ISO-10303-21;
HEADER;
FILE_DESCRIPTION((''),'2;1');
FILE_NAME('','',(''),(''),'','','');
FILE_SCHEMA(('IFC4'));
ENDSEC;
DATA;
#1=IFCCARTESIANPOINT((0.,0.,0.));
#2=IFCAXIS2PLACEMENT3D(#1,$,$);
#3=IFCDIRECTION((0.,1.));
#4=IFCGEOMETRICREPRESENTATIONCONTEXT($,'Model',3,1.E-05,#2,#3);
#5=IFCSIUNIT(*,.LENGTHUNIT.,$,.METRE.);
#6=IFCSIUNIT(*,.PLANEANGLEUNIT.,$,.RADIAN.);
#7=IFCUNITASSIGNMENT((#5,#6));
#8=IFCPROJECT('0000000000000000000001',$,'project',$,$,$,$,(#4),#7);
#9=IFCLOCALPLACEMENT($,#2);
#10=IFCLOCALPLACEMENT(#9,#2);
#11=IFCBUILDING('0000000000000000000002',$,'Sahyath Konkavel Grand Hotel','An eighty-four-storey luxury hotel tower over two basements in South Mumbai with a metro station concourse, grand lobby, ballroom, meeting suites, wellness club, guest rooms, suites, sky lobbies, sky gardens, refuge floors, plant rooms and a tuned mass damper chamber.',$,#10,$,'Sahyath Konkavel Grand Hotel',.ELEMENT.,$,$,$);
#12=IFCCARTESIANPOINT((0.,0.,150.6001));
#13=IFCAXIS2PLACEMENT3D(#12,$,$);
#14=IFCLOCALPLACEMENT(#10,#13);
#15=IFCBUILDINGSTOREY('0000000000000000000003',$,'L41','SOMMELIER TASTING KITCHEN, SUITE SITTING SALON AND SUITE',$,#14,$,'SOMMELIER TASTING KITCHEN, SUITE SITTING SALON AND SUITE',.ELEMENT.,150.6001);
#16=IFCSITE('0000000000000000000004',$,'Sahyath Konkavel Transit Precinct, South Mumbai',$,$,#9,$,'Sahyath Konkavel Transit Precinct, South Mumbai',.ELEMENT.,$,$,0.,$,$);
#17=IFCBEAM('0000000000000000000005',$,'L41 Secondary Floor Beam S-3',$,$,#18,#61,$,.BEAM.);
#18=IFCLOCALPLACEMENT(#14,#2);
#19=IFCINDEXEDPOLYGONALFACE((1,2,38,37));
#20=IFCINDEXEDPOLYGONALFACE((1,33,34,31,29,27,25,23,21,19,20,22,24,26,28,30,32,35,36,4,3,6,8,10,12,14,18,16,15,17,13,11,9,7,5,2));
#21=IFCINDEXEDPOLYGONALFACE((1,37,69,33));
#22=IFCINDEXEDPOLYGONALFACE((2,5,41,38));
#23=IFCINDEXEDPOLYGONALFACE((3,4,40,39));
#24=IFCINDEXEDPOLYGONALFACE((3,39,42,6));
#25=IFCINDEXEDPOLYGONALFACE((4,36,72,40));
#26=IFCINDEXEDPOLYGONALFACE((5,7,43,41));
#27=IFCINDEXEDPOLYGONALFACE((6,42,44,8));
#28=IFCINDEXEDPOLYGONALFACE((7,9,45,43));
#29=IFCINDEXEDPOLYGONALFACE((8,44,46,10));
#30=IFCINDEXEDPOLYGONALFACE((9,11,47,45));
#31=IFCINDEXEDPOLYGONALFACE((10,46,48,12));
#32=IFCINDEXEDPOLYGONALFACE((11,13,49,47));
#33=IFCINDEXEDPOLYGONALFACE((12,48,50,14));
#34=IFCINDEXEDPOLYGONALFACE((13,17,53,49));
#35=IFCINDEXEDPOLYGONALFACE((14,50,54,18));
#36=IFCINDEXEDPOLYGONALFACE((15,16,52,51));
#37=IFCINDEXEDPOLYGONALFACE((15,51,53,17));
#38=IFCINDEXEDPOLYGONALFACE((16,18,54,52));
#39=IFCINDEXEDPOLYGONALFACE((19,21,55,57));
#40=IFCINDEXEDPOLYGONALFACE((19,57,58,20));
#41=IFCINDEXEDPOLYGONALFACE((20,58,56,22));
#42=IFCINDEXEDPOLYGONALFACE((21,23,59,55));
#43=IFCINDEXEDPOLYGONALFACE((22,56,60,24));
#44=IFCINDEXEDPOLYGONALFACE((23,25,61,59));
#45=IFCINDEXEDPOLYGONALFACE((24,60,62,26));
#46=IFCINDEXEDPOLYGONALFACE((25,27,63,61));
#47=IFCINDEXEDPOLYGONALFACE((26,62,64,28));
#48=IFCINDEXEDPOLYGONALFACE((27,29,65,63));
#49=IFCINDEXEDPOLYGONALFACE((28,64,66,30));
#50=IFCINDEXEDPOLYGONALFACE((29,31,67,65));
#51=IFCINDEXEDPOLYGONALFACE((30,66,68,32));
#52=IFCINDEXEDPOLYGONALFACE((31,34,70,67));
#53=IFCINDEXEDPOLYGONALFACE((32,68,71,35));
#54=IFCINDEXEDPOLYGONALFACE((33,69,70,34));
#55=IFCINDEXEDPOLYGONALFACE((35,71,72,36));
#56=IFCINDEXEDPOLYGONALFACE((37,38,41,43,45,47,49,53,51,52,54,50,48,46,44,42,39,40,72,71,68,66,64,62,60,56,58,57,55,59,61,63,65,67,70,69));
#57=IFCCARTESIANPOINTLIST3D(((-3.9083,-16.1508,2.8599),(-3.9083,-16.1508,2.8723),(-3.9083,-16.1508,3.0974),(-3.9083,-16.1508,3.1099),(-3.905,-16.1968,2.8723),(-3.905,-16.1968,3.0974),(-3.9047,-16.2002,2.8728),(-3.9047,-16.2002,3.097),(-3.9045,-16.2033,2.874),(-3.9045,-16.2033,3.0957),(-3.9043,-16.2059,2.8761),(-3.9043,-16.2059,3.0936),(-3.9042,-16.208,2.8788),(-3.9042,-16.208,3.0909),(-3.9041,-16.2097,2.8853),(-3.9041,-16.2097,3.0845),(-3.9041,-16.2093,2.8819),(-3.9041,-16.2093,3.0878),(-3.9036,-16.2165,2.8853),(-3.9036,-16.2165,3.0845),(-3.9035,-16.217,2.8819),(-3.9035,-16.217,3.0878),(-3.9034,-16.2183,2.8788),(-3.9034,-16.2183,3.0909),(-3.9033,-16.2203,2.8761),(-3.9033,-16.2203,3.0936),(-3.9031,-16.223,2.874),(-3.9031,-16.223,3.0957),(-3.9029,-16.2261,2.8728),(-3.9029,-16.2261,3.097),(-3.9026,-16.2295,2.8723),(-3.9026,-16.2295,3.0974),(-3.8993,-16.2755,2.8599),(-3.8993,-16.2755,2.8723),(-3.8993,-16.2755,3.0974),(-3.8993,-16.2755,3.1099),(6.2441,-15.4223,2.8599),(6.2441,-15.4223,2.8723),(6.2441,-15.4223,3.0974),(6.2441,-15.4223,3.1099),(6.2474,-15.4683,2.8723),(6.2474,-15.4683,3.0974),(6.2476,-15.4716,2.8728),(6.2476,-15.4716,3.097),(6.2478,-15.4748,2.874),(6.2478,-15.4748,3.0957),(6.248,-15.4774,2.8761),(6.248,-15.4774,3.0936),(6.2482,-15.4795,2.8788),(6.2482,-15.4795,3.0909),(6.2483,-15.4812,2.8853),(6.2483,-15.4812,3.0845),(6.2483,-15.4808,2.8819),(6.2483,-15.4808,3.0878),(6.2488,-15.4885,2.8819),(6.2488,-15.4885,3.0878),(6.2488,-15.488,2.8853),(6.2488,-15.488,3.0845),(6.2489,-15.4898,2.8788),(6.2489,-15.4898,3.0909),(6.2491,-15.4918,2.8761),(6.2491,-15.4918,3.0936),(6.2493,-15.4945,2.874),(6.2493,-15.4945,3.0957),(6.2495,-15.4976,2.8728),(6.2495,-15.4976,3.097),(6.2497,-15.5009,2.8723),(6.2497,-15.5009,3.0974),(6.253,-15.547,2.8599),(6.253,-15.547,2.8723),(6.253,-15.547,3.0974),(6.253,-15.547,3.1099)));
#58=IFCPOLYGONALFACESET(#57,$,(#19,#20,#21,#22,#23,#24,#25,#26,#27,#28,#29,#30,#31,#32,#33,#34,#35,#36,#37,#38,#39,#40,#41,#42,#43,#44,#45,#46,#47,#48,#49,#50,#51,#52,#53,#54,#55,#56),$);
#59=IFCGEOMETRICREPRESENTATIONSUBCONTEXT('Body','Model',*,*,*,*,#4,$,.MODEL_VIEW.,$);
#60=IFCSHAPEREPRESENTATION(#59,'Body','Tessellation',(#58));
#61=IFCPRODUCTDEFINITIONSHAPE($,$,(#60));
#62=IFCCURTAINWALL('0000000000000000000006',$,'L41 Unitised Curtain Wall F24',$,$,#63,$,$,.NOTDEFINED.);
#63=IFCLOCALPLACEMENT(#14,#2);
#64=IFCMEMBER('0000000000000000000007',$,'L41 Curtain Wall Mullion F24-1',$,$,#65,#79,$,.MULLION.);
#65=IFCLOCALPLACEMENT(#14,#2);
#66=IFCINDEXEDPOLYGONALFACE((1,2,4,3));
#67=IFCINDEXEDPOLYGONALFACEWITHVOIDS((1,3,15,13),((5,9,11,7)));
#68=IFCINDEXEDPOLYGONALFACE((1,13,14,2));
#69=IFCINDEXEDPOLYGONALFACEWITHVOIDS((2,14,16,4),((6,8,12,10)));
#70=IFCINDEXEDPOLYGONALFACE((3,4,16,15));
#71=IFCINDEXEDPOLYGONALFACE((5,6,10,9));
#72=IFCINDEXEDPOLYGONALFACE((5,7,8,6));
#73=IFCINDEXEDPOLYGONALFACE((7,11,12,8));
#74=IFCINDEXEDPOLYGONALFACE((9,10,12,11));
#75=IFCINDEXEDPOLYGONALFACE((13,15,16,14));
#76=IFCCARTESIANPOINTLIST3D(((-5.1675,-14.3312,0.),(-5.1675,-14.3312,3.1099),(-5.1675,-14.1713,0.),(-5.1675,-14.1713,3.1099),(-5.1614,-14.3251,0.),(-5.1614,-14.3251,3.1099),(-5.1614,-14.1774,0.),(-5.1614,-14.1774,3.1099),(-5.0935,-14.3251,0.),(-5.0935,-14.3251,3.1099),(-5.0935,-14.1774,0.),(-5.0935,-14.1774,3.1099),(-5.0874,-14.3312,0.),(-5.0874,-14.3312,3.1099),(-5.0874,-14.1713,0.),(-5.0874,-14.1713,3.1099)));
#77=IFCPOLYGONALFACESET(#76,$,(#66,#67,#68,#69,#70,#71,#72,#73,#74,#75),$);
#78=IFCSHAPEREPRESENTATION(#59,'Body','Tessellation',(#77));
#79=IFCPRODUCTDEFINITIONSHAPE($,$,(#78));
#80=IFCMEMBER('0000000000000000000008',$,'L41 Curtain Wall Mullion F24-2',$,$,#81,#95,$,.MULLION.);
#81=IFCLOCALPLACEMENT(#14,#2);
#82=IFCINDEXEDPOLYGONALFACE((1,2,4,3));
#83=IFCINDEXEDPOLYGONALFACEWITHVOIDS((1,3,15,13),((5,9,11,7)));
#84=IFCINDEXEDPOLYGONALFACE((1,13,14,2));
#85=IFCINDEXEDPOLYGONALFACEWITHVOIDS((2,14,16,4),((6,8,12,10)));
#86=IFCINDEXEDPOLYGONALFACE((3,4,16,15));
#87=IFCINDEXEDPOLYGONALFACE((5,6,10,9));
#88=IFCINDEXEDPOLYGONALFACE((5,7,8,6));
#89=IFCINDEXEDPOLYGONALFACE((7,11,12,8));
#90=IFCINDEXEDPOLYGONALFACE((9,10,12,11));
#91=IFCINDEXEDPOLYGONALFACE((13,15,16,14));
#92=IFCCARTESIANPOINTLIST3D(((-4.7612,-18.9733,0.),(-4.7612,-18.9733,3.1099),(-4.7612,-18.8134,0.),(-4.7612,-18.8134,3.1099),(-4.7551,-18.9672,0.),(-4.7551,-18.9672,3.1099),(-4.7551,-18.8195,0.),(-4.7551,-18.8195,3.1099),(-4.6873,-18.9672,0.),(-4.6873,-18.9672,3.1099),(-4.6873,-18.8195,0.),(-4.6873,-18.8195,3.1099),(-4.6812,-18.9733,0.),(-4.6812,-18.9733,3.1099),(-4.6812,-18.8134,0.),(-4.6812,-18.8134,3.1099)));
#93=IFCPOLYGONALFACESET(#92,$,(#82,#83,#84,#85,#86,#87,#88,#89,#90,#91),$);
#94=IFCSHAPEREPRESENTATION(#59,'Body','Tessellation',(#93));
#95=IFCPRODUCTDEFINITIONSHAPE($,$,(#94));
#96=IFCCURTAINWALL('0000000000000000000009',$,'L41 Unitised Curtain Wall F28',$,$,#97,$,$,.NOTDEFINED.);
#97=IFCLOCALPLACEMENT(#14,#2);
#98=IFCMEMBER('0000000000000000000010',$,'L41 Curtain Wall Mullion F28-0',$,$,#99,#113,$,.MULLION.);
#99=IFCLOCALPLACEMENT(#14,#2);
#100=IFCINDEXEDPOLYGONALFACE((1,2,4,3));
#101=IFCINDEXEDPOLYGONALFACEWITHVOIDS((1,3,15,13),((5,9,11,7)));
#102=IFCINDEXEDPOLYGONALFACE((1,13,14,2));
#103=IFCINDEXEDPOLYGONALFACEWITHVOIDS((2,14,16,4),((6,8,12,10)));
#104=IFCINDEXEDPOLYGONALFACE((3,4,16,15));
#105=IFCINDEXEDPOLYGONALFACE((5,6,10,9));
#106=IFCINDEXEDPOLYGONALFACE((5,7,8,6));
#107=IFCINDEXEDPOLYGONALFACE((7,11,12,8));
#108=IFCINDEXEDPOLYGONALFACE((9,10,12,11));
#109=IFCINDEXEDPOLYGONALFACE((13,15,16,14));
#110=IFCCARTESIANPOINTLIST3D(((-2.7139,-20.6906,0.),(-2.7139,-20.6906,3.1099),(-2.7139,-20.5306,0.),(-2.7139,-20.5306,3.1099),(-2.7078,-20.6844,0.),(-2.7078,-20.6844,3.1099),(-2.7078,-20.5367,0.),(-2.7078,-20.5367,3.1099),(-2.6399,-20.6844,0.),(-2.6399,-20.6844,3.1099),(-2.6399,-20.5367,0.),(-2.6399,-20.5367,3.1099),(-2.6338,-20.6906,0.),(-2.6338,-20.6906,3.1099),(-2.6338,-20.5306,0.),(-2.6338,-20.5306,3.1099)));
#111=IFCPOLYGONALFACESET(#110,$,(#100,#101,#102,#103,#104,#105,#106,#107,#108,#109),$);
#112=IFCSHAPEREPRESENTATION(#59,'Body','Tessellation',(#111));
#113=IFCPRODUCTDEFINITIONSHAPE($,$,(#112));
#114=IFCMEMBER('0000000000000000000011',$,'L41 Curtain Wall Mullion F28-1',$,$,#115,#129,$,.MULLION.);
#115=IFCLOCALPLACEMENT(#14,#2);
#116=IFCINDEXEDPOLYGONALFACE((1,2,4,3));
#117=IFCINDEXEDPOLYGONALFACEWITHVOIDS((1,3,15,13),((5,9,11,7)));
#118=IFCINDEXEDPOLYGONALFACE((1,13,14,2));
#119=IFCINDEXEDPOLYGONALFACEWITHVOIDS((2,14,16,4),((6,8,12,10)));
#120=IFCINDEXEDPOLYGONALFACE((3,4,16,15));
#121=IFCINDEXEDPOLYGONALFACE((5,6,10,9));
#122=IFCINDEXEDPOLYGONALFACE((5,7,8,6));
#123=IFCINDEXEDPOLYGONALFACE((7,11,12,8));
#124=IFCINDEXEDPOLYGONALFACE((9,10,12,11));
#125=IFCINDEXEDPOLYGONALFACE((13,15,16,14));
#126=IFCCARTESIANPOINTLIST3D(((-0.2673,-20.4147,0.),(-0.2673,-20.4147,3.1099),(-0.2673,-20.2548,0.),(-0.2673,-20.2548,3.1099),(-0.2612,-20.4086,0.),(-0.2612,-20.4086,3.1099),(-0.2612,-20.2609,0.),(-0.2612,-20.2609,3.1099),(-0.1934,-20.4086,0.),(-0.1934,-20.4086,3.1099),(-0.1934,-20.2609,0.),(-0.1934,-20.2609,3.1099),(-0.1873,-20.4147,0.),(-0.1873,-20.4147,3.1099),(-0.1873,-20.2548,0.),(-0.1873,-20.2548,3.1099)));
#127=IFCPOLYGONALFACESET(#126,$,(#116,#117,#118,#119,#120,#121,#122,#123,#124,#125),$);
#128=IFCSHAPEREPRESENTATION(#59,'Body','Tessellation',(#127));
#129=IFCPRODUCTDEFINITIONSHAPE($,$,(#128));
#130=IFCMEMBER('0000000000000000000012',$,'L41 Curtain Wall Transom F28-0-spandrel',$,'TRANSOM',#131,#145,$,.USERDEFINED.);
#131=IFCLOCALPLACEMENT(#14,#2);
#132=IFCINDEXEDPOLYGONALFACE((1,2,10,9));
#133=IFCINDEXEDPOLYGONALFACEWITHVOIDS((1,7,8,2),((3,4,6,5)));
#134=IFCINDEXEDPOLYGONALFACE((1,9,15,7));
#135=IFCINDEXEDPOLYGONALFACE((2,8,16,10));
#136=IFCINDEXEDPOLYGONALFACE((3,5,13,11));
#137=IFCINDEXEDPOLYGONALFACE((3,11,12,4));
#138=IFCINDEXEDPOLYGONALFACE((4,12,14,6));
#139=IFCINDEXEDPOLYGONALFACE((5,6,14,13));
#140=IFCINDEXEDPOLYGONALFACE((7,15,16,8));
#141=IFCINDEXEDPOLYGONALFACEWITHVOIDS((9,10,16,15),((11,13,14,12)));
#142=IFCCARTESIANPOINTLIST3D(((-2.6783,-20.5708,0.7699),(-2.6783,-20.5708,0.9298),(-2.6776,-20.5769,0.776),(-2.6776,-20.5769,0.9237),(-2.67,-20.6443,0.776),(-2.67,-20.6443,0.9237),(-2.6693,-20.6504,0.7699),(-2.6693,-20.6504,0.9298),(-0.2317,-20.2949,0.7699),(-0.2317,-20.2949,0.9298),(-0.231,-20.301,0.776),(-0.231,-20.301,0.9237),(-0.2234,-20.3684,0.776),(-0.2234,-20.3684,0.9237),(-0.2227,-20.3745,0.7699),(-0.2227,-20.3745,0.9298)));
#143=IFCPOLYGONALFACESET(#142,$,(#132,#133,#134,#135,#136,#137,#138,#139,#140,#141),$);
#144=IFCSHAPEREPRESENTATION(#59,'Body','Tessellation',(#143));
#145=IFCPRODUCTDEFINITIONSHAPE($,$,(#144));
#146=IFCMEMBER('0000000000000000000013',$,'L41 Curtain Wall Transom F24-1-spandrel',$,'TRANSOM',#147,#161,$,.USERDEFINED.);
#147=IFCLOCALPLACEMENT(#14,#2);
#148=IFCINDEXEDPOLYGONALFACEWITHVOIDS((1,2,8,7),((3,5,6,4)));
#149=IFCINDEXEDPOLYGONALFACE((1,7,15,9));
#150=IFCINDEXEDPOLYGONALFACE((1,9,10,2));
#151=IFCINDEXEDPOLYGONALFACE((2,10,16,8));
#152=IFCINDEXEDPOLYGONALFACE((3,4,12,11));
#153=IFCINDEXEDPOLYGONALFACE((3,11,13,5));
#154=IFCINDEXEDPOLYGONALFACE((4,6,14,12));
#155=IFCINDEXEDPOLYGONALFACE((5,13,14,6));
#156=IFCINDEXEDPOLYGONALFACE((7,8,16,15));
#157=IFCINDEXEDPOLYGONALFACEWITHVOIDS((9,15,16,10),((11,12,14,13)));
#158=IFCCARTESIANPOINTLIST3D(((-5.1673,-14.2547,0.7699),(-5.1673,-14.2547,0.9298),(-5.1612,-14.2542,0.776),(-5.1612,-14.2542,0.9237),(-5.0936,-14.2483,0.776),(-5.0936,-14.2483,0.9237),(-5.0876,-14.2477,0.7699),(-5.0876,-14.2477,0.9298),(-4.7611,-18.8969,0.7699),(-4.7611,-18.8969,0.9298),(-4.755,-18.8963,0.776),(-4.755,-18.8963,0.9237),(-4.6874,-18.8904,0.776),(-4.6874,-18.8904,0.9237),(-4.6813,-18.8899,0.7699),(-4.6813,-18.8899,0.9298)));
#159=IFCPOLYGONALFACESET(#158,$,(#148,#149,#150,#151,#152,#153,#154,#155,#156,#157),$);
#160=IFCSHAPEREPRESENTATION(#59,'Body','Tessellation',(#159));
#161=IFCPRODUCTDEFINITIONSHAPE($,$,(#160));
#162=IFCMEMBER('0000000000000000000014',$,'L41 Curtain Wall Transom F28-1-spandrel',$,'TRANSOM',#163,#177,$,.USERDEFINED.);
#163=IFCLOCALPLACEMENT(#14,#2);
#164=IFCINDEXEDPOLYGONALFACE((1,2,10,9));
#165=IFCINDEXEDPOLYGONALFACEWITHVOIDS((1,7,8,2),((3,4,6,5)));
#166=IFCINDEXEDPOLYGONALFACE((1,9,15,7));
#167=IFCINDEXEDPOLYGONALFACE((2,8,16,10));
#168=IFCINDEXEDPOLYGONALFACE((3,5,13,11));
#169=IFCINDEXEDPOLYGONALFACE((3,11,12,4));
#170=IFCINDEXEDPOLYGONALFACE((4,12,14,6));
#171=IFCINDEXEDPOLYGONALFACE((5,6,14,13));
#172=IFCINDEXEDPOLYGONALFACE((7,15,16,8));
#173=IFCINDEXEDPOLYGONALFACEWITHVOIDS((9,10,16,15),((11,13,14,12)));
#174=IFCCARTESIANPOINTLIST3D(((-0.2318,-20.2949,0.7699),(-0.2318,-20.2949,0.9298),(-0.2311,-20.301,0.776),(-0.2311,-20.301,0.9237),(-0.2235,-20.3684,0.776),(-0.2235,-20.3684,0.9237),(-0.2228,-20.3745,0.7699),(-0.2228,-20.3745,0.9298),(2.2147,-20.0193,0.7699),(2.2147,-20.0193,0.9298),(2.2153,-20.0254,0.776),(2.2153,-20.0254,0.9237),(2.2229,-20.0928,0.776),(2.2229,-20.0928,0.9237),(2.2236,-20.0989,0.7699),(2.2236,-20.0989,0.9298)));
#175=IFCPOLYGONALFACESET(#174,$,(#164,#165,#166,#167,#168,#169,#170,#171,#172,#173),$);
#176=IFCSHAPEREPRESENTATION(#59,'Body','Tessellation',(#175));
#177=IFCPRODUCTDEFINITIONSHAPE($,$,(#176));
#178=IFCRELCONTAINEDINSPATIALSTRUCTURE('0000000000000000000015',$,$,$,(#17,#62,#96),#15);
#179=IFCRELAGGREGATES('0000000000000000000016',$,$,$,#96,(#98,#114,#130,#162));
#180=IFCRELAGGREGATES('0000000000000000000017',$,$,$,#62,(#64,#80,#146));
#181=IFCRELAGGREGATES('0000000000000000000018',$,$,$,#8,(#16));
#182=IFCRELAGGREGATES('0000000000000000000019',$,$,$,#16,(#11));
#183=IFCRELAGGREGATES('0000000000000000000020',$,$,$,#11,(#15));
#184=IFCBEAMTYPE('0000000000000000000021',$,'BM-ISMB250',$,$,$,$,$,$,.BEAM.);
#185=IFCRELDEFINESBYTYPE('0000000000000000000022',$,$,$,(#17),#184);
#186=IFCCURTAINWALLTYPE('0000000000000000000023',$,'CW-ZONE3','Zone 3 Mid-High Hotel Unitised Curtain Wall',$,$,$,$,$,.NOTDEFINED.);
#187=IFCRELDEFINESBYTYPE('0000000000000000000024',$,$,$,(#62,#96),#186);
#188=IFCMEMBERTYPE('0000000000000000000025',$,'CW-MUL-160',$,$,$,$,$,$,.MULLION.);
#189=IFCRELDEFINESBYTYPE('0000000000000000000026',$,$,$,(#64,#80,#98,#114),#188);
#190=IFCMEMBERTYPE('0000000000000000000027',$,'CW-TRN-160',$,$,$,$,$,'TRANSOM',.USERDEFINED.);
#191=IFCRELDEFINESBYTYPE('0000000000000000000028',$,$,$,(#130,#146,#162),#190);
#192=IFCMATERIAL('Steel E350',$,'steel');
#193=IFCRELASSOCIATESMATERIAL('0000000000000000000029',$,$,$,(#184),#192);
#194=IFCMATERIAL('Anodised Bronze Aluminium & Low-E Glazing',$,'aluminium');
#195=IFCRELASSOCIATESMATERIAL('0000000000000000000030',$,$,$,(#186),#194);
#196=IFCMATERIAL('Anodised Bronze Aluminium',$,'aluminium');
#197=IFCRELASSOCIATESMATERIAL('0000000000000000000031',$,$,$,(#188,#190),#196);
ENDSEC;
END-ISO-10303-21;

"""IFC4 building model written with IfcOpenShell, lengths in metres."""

from ifc_helpers import new_model, si_unit, direction, frame, origin, origin_2d, place, context, subcontext, project, spatial, hollow_rectangle, i_section, extrude, source, transform, mapped, material, material_profile, profile_set, type_object, element, aggregate, save


model = new_model("IFC4")

# Units and contexts
model_context = context("Model", 3, precision=1e-05, world=origin(), true_north=direction((0.0, 1.0)))
body_context = subcontext(model_context, "Body", "Model", "MODEL_VIEW")
ifc_project = project(units=[si_unit("LENGTHUNIT", "METRE"), si_unit("PLANEANGLEUNIT", "RADIAN")], contexts=[model_context])

# Site, building, storey
site_placement = place(None, origin())
site = spatial("IfcSite", under=ifc_project, at=site_placement, Name="Sahyath Konkavel Transit Precinct, South Mumbai", LongName="Sahyath Konkavel Transit Precinct, South Mumbai", CompositionType="ELEMENT", RefElevation=0.0)
building_placement = place(site_placement, origin())
building = spatial("IfcBuilding", under=site, at=building_placement, Name="Sahyath Konkavel Grand Hotel", Description="An eighty-four-storey luxury hotel tower over two basements in South Mumbai with a metro station concourse, grand lobby, ballroom, meeting suites, wellness club, guest rooms, suites, sky lobbies, sky gardens, refuge floors, plant rooms and a tuned mass damper chamber.", LongName="Sahyath Konkavel Grand Hotel", CompositionType="ELEMENT")
storey_placement = place(building_placement, frame((0.0, 0.0, 150.6001)))
storey = spatial("IfcBuildingStorey", under=building, at=storey_placement, Name="L41", Description="SOMMELIER TASTING KITCHEN, SUITE SITTING SALON AND SUITE", LongName="SOMMELIER TASTING KITCHEN, SUITE SITTING SALON AND SUITE", CompositionType="ELEMENT", Elevation=150.6001)

# Beam
ifc_material_1 = material(Name="Steel E350", Category="steel")
ifc_material_profile_1 = material_profile(ifc_material_1, i_section(OverallWidth=0.125, OverallDepth=0.25, WebThickness=0.0068, FlangeThickness=0.0125, FilletRadius=0.0129, at=origin_2d()), Name="ISMB 250")
ifc_profile_set_1 = profile_set([ifc_material_profile_1], Name="Steel E350")
beam_type_1 = type_object("IfcBeamType", Name="BM-ISMB250", PredefinedType="BEAM", material=ifc_profile_set_1)
shared_shape_1 = source(origin(), body_context, "Body", "SweptSolid", [
    extrude(i_section(OverallWidth=0.125, OverallDepth=0.25, WebThickness=0.0068, FlangeThickness=0.0125, FilletRadius=0.0129, at=origin_2d()), origin(), (0.0, 0.0, 1.0), 10.1785),
])
beam_1_placement = place(storey_placement, frame((-3.9038, -16.2131, 2.9849), z_axis=(0.997435, 0.071574, 0.0), x_axis=(-0.071574, 0.997435, 0.0)))
element("IfcBeam", 1, at=beam_1_placement, inside=storey, type_object=beam_type_1, Name="L41 Secondary Floor Beam S-3", PredefinedType="BEAM", context=body_context, shape_type="MappedRepresentation", body=[
    mapped(shared_shape_1, transform((0.0, 0.0, 0.0), scale=1.0)),
])

# Curtain walls, members
ifc_material_2 = material(Name="Anodised Bronze Aluminium & Low-E Glazing", Category="aluminium")
curtain_wall_type = type_object("IfcCurtainWallType", Name="CW-ZONE3", Description="Zone 3 Mid-High Hotel Unitised Curtain Wall", PredefinedType="NOTDEFINED", material=ifc_material_2)
curtain_wall_1_placement = place(storey_placement, origin())
curtain_wall_1 = element("IfcCurtainWall", 2, at=curtain_wall_1_placement, inside=storey, type_object=curtain_wall_type, Name="L41 Unitised Curtain Wall F24", PredefinedType="NOTDEFINED")
ifc_material_3 = material(Name="Anodised Bronze Aluminium", Category="aluminium")
ifc_material_profile_2 = material_profile(ifc_material_3, hollow_rectangle(XDim=0.0801, YDim=0.1599, WallThickness=0.0061, at=origin_2d()), Name="RHS 160x80x6")
ifc_profile_set_2 = profile_set([ifc_material_profile_2], Name="Anodised Bronze Aluminium")
member_type_1 = type_object("IfcMemberType", Name="CW-MUL-160", PredefinedType="MULLION", material=ifc_profile_set_2)
shared_shape_2 = source(origin(), body_context, "Body", "SweptSolid", [
    extrude(hollow_rectangle(XDim=0.0801, YDim=0.1599, WallThickness=0.0061, at=origin_2d()), origin(), (0.0, 0.0, 1.0), 3.1099),
])
member_1_placement = place(storey_placement, frame((-5.1274, -14.2512, 0.0), z_axis=(0.0, 0.0, 1.0), x_axis=(1.0, 0.0, 0.0)))
member_1 = element("IfcMember", 3, at=member_1_placement, type_object=member_type_1, Name="L41 Curtain Wall Mullion F24-1", PredefinedType="MULLION", context=body_context, shape_type="MappedRepresentation", body=[
    mapped(shared_shape_2, transform((0.0, 0.0, 0.0), scale=1.0)),
])
member_2_placement = place(storey_placement, frame((-4.7212, -18.8933, 0.0), z_axis=(0.0, 0.0, 1.0), x_axis=(1.0, 0.0, 0.0)))
member_2 = element("IfcMember", 4, at=member_2_placement, type_object=member_type_1, Name="L41 Curtain Wall Mullion F24-2", PredefinedType="MULLION", context=body_context, shape_type="MappedRepresentation", body=[
    mapped(shared_shape_2, transform((0.0, 0.0, 0.0), scale=1.0)),
])
curtain_wall_2_placement = place(storey_placement, origin())
curtain_wall_2 = element("IfcCurtainWall", 5, at=curtain_wall_2_placement, inside=storey, type_object=curtain_wall_type, Name="L41 Unitised Curtain Wall F28", PredefinedType="NOTDEFINED")
member_3_placement = place(storey_placement, frame((-2.6738, -20.6106, 0.0), z_axis=(0.0, 0.0, 1.0), x_axis=(1.0, 0.0, 0.0)))
member_3 = element("IfcMember", 6, at=member_3_placement, type_object=member_type_1, Name="L41 Curtain Wall Mullion F28-0", PredefinedType="MULLION", context=body_context, shape_type="MappedRepresentation", body=[
    mapped(shared_shape_2, transform((0.0, 0.0, 0.0), scale=1.0)),
])
member_4_placement = place(storey_placement, frame((-0.2273, -20.3347, 0.0), z_axis=(0.0, 0.0, 1.0), x_axis=(1.0, 0.0, 0.0)))
member_4 = element("IfcMember", 7, at=member_4_placement, type_object=member_type_1, Name="L41 Curtain Wall Mullion F28-1", PredefinedType="MULLION", context=body_context, shape_type="MappedRepresentation", body=[
    mapped(shared_shape_2, transform((0.0, 0.0, 0.0), scale=1.0)),
])
ifc_material_profile_3 = material_profile(ifc_material_3, hollow_rectangle(XDim=0.0801, YDim=0.1599, WallThickness=0.0061, at=origin_2d()), Name="RHS 160x80x6")
ifc_profile_set_3 = profile_set([ifc_material_profile_3], Name="Anodised Bronze Aluminium")
member_type_2 = type_object("IfcMemberType", Name="CW-TRN-160", ElementType="TRANSOM", PredefinedType="USERDEFINED", material=ifc_profile_set_3)
shared_shape_3 = source(origin(), body_context, "Body", "SweptSolid", [
    extrude(hollow_rectangle(XDim=0.0801, YDim=0.1599, WallThickness=0.0061, at=origin_2d()), origin(), (0.0, 0.0, 1.0), 2.4622),
])
member_5_placement = place(storey_placement, frame((-2.6738, -20.6106, 0.8499), z_axis=(0.993702, 0.112053, 0.0), x_axis=(-0.112053, 0.993702, 0.0)))
member_5 = element("IfcMember", 8, at=member_5_placement, type_object=member_type_2, Name="L41 Curtain Wall Transom F28-0-spandrel", ObjectType="TRANSOM", PredefinedType="USERDEFINED", context=body_context, shape_type="MappedRepresentation", body=[
    mapped(shared_shape_3, transform((0.0, 0.0, 0.0), scale=1.0)),
])

# Members
shared_shape_4 = source(origin(), body_context, "Body", "SweptSolid", [
    extrude(hollow_rectangle(XDim=0.0801, YDim=0.1599, WallThickness=0.0061, at=origin_2d()), origin(), (0.0, 0.0, 1.0), 4.6599),
])
member_6_placement = place(storey_placement, frame((-5.1274, -14.2512, 0.8499), z_axis=(0.087181, -0.996192, 0.0), x_axis=(0.996192, 0.087181, 0.0)))
member_6 = element("IfcMember", 9, at=member_6_placement, type_object=member_type_2, Name="L41 Curtain Wall Transom F24-1-spandrel", ObjectType="TRANSOM", PredefinedType="USERDEFINED", context=body_context, shape_type="MappedRepresentation", body=[
    mapped(shared_shape_4, transform((0.0, 0.0, 0.0), scale=1.0)),
])
shared_shape_5 = source(origin(), body_context, "Body", "SweptSolid", [
    extrude(hollow_rectangle(XDim=0.0801, YDim=0.1599, WallThickness=0.0061, at=origin_2d()), origin(), (0.0, 0.0, 1.0), 2.4619),
])
member_7_placement = place(storey_placement, frame((-0.2273, -20.3347, 0.8499), z_axis=(0.993713, 0.111955, 0.0), x_axis=(-0.111955, 0.993713, 0.0)))
member_7 = element("IfcMember", 10, at=member_7_placement, type_object=member_type_2, Name="L41 Curtain Wall Transom F28-1-spandrel", ObjectType="TRANSOM", PredefinedType="USERDEFINED", context=body_context, shape_type="MappedRepresentation", body=[
    mapped(shared_shape_5, transform((0.0, 0.0, 0.0), scale=1.0)),
])

aggregate(curtain_wall_2, [member_3, member_4, member_5, member_7])
aggregate(curtain_wall_1, [member_1, member_2, member_6])

save(model, "model.ifc")
